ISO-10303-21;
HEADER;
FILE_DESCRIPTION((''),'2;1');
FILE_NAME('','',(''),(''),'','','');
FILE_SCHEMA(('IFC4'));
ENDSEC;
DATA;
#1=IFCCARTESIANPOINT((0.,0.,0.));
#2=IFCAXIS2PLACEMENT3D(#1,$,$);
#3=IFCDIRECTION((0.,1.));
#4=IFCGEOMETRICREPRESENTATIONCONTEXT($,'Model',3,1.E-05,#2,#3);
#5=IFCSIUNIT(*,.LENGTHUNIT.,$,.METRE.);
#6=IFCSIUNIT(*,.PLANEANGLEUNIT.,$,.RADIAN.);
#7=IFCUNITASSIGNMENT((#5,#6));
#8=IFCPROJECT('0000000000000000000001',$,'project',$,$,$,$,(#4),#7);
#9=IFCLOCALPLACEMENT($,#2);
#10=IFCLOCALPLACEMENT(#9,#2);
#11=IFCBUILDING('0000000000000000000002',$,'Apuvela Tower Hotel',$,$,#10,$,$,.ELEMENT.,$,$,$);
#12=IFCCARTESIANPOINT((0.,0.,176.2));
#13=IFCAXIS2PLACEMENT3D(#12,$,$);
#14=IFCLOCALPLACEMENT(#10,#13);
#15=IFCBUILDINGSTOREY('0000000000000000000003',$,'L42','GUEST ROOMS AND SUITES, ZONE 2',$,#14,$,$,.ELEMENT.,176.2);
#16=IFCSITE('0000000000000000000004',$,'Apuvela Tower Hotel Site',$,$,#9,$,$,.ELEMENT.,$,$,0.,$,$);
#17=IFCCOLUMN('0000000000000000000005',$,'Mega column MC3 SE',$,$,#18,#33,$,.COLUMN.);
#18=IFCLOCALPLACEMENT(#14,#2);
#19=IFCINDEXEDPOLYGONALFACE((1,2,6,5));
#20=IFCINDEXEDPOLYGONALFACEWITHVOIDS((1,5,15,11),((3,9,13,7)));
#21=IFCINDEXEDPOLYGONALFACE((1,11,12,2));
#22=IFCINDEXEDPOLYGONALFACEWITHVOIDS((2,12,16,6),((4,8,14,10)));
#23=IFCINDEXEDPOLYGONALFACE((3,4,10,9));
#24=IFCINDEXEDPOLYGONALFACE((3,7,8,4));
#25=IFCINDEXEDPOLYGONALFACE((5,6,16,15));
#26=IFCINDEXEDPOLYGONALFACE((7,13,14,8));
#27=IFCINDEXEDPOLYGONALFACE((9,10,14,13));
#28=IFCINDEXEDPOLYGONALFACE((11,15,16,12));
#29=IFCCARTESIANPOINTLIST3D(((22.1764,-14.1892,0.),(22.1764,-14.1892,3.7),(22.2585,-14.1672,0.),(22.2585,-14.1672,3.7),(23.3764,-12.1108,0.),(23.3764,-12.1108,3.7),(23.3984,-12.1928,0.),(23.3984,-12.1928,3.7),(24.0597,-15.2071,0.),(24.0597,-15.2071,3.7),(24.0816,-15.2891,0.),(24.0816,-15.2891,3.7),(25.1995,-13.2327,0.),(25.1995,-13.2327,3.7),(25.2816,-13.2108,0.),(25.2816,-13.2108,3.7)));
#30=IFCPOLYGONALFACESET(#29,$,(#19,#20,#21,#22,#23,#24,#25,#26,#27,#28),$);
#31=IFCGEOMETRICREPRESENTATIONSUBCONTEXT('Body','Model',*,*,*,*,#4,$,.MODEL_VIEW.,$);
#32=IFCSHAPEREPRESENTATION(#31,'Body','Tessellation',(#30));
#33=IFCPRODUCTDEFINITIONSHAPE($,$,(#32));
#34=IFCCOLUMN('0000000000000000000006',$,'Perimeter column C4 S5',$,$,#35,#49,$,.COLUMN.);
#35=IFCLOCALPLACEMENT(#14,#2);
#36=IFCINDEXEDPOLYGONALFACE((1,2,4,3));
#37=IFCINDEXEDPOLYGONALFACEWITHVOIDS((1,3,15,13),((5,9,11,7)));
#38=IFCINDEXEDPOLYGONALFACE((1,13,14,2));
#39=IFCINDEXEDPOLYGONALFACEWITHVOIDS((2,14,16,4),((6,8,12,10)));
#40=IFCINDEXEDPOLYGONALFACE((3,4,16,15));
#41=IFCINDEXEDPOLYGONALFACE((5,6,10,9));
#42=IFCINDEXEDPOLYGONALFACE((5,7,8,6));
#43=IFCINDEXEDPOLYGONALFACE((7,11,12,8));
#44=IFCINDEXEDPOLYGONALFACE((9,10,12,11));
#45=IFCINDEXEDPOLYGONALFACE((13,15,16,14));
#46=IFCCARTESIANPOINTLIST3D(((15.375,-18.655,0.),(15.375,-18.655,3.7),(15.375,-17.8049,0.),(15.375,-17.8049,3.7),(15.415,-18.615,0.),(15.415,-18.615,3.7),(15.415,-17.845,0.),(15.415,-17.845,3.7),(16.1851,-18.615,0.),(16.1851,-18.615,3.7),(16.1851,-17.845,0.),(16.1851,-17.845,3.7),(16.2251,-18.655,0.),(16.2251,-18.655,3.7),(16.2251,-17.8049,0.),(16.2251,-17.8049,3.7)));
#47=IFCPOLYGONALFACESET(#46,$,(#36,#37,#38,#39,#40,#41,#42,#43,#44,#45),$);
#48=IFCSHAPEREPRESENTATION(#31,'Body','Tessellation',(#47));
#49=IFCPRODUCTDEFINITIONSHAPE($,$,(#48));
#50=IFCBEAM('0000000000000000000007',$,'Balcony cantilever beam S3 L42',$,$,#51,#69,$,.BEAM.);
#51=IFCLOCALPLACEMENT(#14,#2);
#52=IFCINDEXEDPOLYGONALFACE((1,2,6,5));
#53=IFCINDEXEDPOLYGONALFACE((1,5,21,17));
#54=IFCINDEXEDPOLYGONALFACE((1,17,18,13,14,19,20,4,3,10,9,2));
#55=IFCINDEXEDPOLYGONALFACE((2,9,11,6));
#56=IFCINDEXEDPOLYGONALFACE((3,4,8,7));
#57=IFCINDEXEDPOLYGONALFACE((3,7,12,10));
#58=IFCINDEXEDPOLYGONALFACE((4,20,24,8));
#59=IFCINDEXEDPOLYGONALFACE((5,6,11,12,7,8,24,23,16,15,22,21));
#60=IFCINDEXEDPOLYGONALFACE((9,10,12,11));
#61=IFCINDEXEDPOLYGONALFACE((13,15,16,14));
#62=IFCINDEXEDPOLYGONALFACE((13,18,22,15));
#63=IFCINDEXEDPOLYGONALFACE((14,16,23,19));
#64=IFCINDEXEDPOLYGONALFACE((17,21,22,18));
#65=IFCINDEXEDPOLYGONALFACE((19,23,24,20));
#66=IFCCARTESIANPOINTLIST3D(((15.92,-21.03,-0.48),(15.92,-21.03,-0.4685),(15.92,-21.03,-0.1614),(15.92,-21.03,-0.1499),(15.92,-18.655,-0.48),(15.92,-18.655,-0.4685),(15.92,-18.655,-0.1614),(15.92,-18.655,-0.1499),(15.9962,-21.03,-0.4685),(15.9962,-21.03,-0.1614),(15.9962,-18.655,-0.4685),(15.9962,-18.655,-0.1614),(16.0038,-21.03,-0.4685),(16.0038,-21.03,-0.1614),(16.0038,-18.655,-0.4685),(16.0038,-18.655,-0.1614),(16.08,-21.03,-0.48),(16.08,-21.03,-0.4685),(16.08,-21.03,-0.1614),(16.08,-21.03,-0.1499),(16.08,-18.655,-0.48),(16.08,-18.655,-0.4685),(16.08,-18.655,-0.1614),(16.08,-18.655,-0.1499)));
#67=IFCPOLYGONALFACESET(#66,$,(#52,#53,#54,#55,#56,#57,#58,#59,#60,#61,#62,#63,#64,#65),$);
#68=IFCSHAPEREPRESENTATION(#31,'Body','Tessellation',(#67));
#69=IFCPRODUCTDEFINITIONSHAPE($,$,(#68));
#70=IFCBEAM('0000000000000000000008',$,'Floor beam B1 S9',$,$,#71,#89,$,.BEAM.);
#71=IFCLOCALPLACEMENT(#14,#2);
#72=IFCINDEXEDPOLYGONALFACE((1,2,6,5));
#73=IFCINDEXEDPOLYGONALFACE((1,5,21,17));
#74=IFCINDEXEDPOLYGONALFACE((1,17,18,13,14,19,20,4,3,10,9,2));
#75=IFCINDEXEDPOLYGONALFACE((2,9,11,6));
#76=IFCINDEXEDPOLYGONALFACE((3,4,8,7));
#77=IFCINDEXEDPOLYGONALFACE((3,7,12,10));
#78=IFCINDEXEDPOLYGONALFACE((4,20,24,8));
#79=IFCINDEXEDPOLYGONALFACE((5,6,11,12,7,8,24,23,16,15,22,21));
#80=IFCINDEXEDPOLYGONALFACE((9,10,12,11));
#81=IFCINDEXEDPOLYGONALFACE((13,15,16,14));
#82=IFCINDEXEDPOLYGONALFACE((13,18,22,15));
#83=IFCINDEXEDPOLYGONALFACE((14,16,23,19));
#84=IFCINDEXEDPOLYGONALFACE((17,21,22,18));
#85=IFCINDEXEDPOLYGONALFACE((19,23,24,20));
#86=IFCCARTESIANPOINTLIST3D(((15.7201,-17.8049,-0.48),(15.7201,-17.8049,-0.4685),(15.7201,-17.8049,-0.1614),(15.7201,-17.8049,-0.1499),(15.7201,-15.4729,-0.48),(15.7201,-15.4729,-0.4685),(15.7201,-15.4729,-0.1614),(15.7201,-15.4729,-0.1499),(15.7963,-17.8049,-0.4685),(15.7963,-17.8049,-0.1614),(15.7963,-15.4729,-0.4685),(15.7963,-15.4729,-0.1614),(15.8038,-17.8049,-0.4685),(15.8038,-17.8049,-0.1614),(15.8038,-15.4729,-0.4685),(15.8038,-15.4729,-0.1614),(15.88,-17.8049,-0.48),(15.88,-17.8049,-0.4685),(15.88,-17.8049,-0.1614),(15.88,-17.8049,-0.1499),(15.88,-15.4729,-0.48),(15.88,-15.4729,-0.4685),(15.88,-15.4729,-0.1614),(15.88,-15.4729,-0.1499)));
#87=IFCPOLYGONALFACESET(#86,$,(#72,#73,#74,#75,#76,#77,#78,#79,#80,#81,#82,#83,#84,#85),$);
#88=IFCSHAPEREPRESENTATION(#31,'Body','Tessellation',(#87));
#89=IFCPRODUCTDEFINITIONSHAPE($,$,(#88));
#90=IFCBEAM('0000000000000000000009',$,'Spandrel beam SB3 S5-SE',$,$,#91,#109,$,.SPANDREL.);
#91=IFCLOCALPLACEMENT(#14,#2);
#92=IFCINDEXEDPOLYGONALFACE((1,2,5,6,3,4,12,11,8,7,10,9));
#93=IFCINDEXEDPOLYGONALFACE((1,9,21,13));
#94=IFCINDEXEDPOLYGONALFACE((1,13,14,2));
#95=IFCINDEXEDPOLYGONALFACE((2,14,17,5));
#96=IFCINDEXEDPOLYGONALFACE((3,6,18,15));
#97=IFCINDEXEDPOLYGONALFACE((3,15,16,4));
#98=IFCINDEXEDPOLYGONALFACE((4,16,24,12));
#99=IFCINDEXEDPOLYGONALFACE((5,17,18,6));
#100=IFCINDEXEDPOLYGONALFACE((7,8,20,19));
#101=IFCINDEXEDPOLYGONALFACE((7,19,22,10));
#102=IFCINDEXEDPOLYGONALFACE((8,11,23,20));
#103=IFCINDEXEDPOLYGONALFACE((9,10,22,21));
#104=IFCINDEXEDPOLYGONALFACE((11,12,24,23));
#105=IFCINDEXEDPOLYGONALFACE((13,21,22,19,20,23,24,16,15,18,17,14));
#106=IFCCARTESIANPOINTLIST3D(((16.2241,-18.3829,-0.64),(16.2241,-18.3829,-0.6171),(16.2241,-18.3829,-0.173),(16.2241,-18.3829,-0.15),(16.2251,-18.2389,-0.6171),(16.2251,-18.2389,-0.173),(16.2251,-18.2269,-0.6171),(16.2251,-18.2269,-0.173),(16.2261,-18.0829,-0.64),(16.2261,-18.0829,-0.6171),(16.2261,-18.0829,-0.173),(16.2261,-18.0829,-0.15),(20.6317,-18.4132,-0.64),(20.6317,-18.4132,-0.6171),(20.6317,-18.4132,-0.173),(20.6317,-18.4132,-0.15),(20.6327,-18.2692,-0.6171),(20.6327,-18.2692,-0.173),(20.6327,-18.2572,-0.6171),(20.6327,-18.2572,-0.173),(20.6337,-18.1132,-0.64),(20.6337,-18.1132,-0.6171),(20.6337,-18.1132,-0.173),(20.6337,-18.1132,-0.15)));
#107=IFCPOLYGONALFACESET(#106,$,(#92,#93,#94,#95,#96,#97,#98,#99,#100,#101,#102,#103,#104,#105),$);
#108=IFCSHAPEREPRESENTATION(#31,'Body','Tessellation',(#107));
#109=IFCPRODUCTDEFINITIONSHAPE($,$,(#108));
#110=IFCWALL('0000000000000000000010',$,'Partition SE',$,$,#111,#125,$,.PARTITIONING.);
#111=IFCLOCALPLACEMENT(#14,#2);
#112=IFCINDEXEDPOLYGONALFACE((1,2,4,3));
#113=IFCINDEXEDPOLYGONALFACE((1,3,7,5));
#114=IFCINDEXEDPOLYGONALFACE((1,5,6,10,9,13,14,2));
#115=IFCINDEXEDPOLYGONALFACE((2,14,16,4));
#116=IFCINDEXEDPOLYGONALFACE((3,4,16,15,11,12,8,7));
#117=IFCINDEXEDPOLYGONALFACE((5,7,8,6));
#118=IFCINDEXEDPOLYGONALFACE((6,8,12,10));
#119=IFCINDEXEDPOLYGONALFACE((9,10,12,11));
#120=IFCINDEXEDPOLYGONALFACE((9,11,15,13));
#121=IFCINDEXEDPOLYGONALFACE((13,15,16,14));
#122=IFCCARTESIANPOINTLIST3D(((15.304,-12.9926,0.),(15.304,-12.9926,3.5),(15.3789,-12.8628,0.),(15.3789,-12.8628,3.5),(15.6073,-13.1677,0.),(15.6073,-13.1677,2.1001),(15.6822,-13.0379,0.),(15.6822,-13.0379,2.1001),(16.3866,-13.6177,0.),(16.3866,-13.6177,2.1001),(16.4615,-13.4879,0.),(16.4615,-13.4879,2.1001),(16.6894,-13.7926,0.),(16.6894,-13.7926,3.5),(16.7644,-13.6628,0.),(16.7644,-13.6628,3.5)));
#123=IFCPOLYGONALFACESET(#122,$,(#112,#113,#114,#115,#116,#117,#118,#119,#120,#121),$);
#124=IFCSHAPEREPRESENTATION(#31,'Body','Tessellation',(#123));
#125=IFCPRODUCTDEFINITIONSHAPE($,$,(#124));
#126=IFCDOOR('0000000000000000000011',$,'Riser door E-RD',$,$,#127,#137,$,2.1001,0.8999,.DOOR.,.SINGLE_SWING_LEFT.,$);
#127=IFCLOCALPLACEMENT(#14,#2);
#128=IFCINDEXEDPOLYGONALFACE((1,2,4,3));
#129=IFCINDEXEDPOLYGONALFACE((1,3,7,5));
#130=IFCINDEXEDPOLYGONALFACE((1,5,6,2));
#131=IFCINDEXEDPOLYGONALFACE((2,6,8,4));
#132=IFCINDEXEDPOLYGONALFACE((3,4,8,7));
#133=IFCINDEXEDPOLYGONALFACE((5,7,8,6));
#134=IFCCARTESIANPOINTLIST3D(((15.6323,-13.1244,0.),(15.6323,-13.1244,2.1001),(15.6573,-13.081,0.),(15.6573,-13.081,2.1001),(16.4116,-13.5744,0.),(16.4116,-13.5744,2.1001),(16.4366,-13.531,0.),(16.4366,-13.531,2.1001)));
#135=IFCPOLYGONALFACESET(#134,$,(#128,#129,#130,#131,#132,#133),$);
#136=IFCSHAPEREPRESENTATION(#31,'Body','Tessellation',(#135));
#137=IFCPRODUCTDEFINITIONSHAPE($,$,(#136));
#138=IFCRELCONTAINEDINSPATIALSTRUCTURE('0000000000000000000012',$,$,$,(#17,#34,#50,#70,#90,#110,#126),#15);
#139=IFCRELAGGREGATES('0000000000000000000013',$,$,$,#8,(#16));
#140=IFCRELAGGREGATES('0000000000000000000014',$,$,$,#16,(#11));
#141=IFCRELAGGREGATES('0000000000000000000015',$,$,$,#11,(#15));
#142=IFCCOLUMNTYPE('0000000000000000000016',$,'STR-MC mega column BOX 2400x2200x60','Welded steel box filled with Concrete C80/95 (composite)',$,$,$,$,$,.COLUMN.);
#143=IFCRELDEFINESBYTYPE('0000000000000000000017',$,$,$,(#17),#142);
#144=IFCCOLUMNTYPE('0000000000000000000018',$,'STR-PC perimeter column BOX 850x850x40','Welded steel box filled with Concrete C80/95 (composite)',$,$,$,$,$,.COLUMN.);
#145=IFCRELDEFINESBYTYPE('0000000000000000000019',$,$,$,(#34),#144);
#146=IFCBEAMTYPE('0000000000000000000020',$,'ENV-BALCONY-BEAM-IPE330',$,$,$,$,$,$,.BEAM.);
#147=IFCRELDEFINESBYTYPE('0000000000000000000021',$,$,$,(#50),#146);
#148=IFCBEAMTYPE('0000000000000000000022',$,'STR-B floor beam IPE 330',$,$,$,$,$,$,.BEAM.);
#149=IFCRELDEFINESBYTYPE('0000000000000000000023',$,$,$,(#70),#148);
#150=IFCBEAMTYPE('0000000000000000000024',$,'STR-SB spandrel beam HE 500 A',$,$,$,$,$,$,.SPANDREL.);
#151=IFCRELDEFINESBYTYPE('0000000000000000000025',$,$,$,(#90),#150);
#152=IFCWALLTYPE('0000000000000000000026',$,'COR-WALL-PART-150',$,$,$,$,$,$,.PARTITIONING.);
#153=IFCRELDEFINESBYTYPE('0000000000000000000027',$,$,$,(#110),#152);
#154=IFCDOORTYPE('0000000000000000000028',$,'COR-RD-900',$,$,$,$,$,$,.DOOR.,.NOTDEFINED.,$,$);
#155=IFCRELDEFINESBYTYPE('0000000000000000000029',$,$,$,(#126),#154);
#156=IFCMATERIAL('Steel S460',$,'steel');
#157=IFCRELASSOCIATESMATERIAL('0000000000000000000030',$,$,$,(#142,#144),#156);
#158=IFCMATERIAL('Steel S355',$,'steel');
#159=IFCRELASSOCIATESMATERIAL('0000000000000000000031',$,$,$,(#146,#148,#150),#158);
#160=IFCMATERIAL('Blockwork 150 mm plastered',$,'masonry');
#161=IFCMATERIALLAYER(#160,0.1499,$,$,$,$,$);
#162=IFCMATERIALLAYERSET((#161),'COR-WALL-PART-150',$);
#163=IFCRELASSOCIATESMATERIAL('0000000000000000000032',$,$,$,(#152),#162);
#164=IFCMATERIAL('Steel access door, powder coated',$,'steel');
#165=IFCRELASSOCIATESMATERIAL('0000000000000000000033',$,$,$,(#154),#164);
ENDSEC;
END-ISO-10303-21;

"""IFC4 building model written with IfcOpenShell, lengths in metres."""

from ifc_helpers import new_model, si_unit, direction, frame, frame_2d, origin, origin_2d, place, context, subcontext, project, spatial, rectangle, hollow_rectangle, i_section, extrude, material, layer, layer_set, material_profile, profile_set, type_object, element, fill, save


model = new_model("IFC4")

# Units and contexts
model_context = context("Model", 3, precision=1e-05, world=origin(), true_north=direction((0.0, 1.0)))
body_context = subcontext(model_context, "Body", "Model", "MODEL_VIEW")
ifc_project = project(units=[si_unit("LENGTHUNIT", "METRE"), si_unit("PLANEANGLEUNIT", "RADIAN")], contexts=[model_context])

# Site, building, storey
site_placement = place(None, origin())
site = spatial("IfcSite", under=ifc_project, at=site_placement, Name="Apuvela Tower Hotel Site", CompositionType="ELEMENT", RefElevation=0.0)
building_placement = place(site_placement, origin())
building = spatial("IfcBuilding", under=site, at=building_placement, Name="Apuvela Tower Hotel", CompositionType="ELEMENT")
storey_placement = place(building_placement, frame((0.0, 0.0, 176.2)))
storey = spatial("IfcBuildingStorey", under=building, at=storey_placement, Name="L42", Description="GUEST ROOMS AND SUITES, ZONE 2", CompositionType="ELEMENT", Elevation=176.2)

# Columns
ifc_material_1 = material(Name="Steel S460", Category="steel")
ifc_material_profile_1 = material_profile(ifc_material_1, hollow_rectangle(XDim=2.3999, YDim=2.2, WallThickness=0.0601, at=origin_2d()), Name="BOX 2400x2200x60")
ifc_material_2 = material(Name="Concrete C80/95", Category="concrete")
ifc_material_profile_2 = material_profile(ifc_material_2, rectangle(XDim=2.28, YDim=2.0801, at=origin_2d()), Name="Concrete C80/95 infill")
ifc_profile_set_1 = profile_set([ifc_material_profile_1, ifc_material_profile_2], Name="Steel S460")
column_type_1 = type_object("IfcColumnType", Name="STR-MC mega column BOX 2400x2200x60", Description="Welded steel box filled with Concrete C80/95 (composite)", PredefinedType="COLUMN", material=ifc_profile_set_1)
column_1_placement = place(storey_placement, frame((23.729, -13.7, 0.0), z_axis=(0.0, 0.0, 1.0), x_axis=(0.5, 0.866025, 0.0)))
element("IfcColumn", 1, at=column_1_placement, inside=storey, type_object=column_type_1, Name="Mega column MC3 SE", PredefinedType="COLUMN", context=body_context, shape_type="SweptSolid", body=[
    extrude(hollow_rectangle(XDim=2.3999, YDim=2.2, WallThickness=0.0601, at=origin_2d()), origin(), (0.0, 0.0, 1.0), 3.7),
])
ifc_material_profile_3 = material_profile(ifc_material_1, hollow_rectangle(XDim=0.8501, YDim=0.8501, WallThickness=0.04, at=origin_2d()), Name="BOX 850x850x40")
ifc_material_profile_4 = material_profile(ifc_material_2, rectangle(XDim=0.77, YDim=0.77, at=origin_2d()), Name="Concrete C80/95 infill")
ifc_profile_set_2 = profile_set([ifc_material_profile_3, ifc_material_profile_4], Name="Steel S460")
column_type_2 = type_object("IfcColumnType", Name="STR-PC perimeter column BOX 850x850x40", Description="Welded steel box filled with Concrete C80/95 (composite)", PredefinedType="COLUMN", material=ifc_profile_set_2)
column_2_placement = place(storey_placement, frame((15.8, -18.23, 0.0), z_axis=(0.0, 0.0, 1.0), x_axis=(-1.0, 0.0, 0.0)))
element("IfcColumn", 2, at=column_2_placement, inside=storey, type_object=column_type_2, Name="Perimeter column C4 S5", PredefinedType="COLUMN", context=body_context, shape_type="SweptSolid", body=[
    extrude(hollow_rectangle(XDim=0.8501, YDim=0.8501, WallThickness=0.04, at=origin_2d()), origin(), (0.0, 0.0, 1.0), 3.7),
])

# Beams
ifc_material_3 = material(Name="Steel S355", Category="steel")
ifc_material_profile_5 = material_profile(ifc_material_3, i_section(OverallWidth=0.1599, OverallDepth=0.3301, WebThickness=0.0076, FlangeThickness=0.0115, at=origin_2d()), Name="IPE 330")
ifc_profile_set_3 = profile_set([ifc_material_profile_5], Name="Steel S355")
beam_type_1 = type_object("IfcBeamType", Name="ENV-BALCONY-BEAM-IPE330", PredefinedType="BEAM", material=ifc_profile_set_3)
beam_1_placement = place(storey_placement, frame((16.0, -18.655, -0.3149), z_axis=(0.0, -1.0, 0.0), x_axis=(1.0, 0.0, 0.0)))
element("IfcBeam", 3, at=beam_1_placement, inside=storey, type_object=beam_type_1, Name="Balcony cantilever beam S3 L42", PredefinedType="BEAM", context=body_context, shape_type="SweptSolid", body=[
    extrude(i_section(OverallWidth=0.1599, OverallDepth=0.3301, WebThickness=0.0076, FlangeThickness=0.0115, at=origin_2d()), origin(), (0.0, 0.0, 1.0), 2.375),
])
ifc_material_profile_6 = material_profile(ifc_material_3, i_section(OverallWidth=0.1599, OverallDepth=0.3301, WebThickness=0.0076, FlangeThickness=0.0115, at=origin_2d()), Name="IPE 330")
ifc_profile_set_4 = profile_set([ifc_material_profile_6], Name="Steel S355")
beam_type_2 = type_object("IfcBeamType", Name="STR-B floor beam IPE 330", PredefinedType="BEAM", material=ifc_profile_set_4)
beam_2_placement = place(storey_placement, frame((15.8, -17.8049, -0.3149), z_axis=(0.0, 1.0, 0.0), x_axis=(-1.0, 0.0, 0.0)))
element("IfcBeam", 4, at=beam_2_placement, inside=storey, type_object=beam_type_2, Name="Floor beam B1 S9", PredefinedType="BEAM", context=body_context, shape_type="SweptSolid", body=[
    extrude(i_section(OverallWidth=0.1599, OverallDepth=0.3301, WebThickness=0.0076, FlangeThickness=0.0115, at=origin_2d()), origin(), (0.0, 0.0, 1.0), 2.332),
])
ifc_material_profile_7 = material_profile(ifc_material_3, i_section(OverallWidth=0.3, OverallDepth=0.49, WebThickness=0.012, FlangeThickness=0.0229, at=origin_2d()), Name="HE 500 A")
ifc_profile_set_5 = profile_set([ifc_material_profile_7], Name="Steel S355")
beam_type_3 = type_object("IfcBeamType", Name="STR-SB spandrel beam HE 500 A", PredefinedType="SPANDREL", material=ifc_profile_set_5)
beam_3_placement = place(storey_placement, frame((16.2251, -18.2329, -0.395), z_axis=(0.999976, -0.006868, 0.0), x_axis=(0.006868, 0.999976, 0.0)))
element("IfcBeam", 5, at=beam_3_placement, inside=storey, type_object=beam_type_3, Name="Spandrel beam SB3 S5-SE", PredefinedType="SPANDREL", context=body_context, shape_type="SweptSolid", body=[
    extrude(i_section(OverallWidth=0.3, OverallDepth=0.49, WebThickness=0.012, FlangeThickness=0.0229, at=origin_2d()), origin(), (0.0, 0.0, 1.0), 4.4077),
])

# Wall, opening, door
ifc_material_4 = material(Name="Blockwork 150 mm plastered", Category="masonry")
ifc_layer_1 = layer(ifc_material_4, 0.1499)
ifc_layer_set_1 = layer_set([ifc_layer_1], Name="COR-WALL-PART-150")
wall_type_1 = type_object("IfcWallType", Name="COR-WALL-PART-150", PredefinedType="PARTITIONING", material=ifc_layer_set_1)
wall_1_placement = place(storey_placement, frame((15.3416, -12.9277, 0.0), z_axis=(0.0, 0.0, 1.0), x_axis=(0.86599, -0.500061, 0.0)))
wall_1 = element("IfcWall", 6, at=wall_1_placement, inside=storey, type_object=wall_type_1, Name="Partition SE", PredefinedType="PARTITIONING", context=body_context, shape_type="SweptSolid", body=[
    extrude(rectangle(XDim=1.5999, YDim=0.1499, at=frame_2d((0.7998, 0.0))), origin(), (0.0, 0.0, 1.0), 3.5),
])
opening_1_placement = place(wall_1_placement, frame((0.3501, 0.0, 0.0)))
opening_1 = element("IfcOpeningElement", 7, at=opening_1_placement, cuts=wall_1, PredefinedType="OPENING", context=body_context, shape_type="SweptSolid", body=[
    extrude(rectangle(XDim=0.8999, YDim=2.1001, at=frame_2d((0.45, 1.05))), frame((0.0, 0.085, 0.0), z_axis=(0.0, -1.0, 0.0), x_axis=(1.0, 0.0, 0.0)), (0.0, 0.0, 1.0), 0.1699),
])
ifc_material_5 = material(Name="Steel access door, powder coated", Category="steel")
door_type_1 = type_object("IfcDoorType", Name="COR-RD-900", OperationType="NOTDEFINED", PredefinedType="DOOR", material=ifc_material_5)
door_1_placement = place(opening_1_placement, frame((0.8999, 0.0, 0.0), z_axis=(0.0, 0.0, 1.0), x_axis=(-1.0, 0.0, 0.0)))
door_1 = element("IfcDoor", 8, at=door_1_placement, inside=storey, type_object=door_type_1, Name="Riser door E-RD", OperationType="SINGLE_SWING_LEFT", OverallHeight=2.1001, OverallWidth=0.8999, PredefinedType="DOOR", context=body_context, shape_type="SweptSolid", body=[
    extrude(rectangle(XDim=0.8999, YDim=2.1001, at=frame_2d((0.45, 1.05))), frame((0.0, 0.0249, 0.0), z_axis=(0.0, -1.0, 0.0), x_axis=(1.0, 0.0, 0.0)), (0.0, 0.0, 1.0), 0.05),
])
fill(opening_1, door_1)

save(model, "model.ifc")
